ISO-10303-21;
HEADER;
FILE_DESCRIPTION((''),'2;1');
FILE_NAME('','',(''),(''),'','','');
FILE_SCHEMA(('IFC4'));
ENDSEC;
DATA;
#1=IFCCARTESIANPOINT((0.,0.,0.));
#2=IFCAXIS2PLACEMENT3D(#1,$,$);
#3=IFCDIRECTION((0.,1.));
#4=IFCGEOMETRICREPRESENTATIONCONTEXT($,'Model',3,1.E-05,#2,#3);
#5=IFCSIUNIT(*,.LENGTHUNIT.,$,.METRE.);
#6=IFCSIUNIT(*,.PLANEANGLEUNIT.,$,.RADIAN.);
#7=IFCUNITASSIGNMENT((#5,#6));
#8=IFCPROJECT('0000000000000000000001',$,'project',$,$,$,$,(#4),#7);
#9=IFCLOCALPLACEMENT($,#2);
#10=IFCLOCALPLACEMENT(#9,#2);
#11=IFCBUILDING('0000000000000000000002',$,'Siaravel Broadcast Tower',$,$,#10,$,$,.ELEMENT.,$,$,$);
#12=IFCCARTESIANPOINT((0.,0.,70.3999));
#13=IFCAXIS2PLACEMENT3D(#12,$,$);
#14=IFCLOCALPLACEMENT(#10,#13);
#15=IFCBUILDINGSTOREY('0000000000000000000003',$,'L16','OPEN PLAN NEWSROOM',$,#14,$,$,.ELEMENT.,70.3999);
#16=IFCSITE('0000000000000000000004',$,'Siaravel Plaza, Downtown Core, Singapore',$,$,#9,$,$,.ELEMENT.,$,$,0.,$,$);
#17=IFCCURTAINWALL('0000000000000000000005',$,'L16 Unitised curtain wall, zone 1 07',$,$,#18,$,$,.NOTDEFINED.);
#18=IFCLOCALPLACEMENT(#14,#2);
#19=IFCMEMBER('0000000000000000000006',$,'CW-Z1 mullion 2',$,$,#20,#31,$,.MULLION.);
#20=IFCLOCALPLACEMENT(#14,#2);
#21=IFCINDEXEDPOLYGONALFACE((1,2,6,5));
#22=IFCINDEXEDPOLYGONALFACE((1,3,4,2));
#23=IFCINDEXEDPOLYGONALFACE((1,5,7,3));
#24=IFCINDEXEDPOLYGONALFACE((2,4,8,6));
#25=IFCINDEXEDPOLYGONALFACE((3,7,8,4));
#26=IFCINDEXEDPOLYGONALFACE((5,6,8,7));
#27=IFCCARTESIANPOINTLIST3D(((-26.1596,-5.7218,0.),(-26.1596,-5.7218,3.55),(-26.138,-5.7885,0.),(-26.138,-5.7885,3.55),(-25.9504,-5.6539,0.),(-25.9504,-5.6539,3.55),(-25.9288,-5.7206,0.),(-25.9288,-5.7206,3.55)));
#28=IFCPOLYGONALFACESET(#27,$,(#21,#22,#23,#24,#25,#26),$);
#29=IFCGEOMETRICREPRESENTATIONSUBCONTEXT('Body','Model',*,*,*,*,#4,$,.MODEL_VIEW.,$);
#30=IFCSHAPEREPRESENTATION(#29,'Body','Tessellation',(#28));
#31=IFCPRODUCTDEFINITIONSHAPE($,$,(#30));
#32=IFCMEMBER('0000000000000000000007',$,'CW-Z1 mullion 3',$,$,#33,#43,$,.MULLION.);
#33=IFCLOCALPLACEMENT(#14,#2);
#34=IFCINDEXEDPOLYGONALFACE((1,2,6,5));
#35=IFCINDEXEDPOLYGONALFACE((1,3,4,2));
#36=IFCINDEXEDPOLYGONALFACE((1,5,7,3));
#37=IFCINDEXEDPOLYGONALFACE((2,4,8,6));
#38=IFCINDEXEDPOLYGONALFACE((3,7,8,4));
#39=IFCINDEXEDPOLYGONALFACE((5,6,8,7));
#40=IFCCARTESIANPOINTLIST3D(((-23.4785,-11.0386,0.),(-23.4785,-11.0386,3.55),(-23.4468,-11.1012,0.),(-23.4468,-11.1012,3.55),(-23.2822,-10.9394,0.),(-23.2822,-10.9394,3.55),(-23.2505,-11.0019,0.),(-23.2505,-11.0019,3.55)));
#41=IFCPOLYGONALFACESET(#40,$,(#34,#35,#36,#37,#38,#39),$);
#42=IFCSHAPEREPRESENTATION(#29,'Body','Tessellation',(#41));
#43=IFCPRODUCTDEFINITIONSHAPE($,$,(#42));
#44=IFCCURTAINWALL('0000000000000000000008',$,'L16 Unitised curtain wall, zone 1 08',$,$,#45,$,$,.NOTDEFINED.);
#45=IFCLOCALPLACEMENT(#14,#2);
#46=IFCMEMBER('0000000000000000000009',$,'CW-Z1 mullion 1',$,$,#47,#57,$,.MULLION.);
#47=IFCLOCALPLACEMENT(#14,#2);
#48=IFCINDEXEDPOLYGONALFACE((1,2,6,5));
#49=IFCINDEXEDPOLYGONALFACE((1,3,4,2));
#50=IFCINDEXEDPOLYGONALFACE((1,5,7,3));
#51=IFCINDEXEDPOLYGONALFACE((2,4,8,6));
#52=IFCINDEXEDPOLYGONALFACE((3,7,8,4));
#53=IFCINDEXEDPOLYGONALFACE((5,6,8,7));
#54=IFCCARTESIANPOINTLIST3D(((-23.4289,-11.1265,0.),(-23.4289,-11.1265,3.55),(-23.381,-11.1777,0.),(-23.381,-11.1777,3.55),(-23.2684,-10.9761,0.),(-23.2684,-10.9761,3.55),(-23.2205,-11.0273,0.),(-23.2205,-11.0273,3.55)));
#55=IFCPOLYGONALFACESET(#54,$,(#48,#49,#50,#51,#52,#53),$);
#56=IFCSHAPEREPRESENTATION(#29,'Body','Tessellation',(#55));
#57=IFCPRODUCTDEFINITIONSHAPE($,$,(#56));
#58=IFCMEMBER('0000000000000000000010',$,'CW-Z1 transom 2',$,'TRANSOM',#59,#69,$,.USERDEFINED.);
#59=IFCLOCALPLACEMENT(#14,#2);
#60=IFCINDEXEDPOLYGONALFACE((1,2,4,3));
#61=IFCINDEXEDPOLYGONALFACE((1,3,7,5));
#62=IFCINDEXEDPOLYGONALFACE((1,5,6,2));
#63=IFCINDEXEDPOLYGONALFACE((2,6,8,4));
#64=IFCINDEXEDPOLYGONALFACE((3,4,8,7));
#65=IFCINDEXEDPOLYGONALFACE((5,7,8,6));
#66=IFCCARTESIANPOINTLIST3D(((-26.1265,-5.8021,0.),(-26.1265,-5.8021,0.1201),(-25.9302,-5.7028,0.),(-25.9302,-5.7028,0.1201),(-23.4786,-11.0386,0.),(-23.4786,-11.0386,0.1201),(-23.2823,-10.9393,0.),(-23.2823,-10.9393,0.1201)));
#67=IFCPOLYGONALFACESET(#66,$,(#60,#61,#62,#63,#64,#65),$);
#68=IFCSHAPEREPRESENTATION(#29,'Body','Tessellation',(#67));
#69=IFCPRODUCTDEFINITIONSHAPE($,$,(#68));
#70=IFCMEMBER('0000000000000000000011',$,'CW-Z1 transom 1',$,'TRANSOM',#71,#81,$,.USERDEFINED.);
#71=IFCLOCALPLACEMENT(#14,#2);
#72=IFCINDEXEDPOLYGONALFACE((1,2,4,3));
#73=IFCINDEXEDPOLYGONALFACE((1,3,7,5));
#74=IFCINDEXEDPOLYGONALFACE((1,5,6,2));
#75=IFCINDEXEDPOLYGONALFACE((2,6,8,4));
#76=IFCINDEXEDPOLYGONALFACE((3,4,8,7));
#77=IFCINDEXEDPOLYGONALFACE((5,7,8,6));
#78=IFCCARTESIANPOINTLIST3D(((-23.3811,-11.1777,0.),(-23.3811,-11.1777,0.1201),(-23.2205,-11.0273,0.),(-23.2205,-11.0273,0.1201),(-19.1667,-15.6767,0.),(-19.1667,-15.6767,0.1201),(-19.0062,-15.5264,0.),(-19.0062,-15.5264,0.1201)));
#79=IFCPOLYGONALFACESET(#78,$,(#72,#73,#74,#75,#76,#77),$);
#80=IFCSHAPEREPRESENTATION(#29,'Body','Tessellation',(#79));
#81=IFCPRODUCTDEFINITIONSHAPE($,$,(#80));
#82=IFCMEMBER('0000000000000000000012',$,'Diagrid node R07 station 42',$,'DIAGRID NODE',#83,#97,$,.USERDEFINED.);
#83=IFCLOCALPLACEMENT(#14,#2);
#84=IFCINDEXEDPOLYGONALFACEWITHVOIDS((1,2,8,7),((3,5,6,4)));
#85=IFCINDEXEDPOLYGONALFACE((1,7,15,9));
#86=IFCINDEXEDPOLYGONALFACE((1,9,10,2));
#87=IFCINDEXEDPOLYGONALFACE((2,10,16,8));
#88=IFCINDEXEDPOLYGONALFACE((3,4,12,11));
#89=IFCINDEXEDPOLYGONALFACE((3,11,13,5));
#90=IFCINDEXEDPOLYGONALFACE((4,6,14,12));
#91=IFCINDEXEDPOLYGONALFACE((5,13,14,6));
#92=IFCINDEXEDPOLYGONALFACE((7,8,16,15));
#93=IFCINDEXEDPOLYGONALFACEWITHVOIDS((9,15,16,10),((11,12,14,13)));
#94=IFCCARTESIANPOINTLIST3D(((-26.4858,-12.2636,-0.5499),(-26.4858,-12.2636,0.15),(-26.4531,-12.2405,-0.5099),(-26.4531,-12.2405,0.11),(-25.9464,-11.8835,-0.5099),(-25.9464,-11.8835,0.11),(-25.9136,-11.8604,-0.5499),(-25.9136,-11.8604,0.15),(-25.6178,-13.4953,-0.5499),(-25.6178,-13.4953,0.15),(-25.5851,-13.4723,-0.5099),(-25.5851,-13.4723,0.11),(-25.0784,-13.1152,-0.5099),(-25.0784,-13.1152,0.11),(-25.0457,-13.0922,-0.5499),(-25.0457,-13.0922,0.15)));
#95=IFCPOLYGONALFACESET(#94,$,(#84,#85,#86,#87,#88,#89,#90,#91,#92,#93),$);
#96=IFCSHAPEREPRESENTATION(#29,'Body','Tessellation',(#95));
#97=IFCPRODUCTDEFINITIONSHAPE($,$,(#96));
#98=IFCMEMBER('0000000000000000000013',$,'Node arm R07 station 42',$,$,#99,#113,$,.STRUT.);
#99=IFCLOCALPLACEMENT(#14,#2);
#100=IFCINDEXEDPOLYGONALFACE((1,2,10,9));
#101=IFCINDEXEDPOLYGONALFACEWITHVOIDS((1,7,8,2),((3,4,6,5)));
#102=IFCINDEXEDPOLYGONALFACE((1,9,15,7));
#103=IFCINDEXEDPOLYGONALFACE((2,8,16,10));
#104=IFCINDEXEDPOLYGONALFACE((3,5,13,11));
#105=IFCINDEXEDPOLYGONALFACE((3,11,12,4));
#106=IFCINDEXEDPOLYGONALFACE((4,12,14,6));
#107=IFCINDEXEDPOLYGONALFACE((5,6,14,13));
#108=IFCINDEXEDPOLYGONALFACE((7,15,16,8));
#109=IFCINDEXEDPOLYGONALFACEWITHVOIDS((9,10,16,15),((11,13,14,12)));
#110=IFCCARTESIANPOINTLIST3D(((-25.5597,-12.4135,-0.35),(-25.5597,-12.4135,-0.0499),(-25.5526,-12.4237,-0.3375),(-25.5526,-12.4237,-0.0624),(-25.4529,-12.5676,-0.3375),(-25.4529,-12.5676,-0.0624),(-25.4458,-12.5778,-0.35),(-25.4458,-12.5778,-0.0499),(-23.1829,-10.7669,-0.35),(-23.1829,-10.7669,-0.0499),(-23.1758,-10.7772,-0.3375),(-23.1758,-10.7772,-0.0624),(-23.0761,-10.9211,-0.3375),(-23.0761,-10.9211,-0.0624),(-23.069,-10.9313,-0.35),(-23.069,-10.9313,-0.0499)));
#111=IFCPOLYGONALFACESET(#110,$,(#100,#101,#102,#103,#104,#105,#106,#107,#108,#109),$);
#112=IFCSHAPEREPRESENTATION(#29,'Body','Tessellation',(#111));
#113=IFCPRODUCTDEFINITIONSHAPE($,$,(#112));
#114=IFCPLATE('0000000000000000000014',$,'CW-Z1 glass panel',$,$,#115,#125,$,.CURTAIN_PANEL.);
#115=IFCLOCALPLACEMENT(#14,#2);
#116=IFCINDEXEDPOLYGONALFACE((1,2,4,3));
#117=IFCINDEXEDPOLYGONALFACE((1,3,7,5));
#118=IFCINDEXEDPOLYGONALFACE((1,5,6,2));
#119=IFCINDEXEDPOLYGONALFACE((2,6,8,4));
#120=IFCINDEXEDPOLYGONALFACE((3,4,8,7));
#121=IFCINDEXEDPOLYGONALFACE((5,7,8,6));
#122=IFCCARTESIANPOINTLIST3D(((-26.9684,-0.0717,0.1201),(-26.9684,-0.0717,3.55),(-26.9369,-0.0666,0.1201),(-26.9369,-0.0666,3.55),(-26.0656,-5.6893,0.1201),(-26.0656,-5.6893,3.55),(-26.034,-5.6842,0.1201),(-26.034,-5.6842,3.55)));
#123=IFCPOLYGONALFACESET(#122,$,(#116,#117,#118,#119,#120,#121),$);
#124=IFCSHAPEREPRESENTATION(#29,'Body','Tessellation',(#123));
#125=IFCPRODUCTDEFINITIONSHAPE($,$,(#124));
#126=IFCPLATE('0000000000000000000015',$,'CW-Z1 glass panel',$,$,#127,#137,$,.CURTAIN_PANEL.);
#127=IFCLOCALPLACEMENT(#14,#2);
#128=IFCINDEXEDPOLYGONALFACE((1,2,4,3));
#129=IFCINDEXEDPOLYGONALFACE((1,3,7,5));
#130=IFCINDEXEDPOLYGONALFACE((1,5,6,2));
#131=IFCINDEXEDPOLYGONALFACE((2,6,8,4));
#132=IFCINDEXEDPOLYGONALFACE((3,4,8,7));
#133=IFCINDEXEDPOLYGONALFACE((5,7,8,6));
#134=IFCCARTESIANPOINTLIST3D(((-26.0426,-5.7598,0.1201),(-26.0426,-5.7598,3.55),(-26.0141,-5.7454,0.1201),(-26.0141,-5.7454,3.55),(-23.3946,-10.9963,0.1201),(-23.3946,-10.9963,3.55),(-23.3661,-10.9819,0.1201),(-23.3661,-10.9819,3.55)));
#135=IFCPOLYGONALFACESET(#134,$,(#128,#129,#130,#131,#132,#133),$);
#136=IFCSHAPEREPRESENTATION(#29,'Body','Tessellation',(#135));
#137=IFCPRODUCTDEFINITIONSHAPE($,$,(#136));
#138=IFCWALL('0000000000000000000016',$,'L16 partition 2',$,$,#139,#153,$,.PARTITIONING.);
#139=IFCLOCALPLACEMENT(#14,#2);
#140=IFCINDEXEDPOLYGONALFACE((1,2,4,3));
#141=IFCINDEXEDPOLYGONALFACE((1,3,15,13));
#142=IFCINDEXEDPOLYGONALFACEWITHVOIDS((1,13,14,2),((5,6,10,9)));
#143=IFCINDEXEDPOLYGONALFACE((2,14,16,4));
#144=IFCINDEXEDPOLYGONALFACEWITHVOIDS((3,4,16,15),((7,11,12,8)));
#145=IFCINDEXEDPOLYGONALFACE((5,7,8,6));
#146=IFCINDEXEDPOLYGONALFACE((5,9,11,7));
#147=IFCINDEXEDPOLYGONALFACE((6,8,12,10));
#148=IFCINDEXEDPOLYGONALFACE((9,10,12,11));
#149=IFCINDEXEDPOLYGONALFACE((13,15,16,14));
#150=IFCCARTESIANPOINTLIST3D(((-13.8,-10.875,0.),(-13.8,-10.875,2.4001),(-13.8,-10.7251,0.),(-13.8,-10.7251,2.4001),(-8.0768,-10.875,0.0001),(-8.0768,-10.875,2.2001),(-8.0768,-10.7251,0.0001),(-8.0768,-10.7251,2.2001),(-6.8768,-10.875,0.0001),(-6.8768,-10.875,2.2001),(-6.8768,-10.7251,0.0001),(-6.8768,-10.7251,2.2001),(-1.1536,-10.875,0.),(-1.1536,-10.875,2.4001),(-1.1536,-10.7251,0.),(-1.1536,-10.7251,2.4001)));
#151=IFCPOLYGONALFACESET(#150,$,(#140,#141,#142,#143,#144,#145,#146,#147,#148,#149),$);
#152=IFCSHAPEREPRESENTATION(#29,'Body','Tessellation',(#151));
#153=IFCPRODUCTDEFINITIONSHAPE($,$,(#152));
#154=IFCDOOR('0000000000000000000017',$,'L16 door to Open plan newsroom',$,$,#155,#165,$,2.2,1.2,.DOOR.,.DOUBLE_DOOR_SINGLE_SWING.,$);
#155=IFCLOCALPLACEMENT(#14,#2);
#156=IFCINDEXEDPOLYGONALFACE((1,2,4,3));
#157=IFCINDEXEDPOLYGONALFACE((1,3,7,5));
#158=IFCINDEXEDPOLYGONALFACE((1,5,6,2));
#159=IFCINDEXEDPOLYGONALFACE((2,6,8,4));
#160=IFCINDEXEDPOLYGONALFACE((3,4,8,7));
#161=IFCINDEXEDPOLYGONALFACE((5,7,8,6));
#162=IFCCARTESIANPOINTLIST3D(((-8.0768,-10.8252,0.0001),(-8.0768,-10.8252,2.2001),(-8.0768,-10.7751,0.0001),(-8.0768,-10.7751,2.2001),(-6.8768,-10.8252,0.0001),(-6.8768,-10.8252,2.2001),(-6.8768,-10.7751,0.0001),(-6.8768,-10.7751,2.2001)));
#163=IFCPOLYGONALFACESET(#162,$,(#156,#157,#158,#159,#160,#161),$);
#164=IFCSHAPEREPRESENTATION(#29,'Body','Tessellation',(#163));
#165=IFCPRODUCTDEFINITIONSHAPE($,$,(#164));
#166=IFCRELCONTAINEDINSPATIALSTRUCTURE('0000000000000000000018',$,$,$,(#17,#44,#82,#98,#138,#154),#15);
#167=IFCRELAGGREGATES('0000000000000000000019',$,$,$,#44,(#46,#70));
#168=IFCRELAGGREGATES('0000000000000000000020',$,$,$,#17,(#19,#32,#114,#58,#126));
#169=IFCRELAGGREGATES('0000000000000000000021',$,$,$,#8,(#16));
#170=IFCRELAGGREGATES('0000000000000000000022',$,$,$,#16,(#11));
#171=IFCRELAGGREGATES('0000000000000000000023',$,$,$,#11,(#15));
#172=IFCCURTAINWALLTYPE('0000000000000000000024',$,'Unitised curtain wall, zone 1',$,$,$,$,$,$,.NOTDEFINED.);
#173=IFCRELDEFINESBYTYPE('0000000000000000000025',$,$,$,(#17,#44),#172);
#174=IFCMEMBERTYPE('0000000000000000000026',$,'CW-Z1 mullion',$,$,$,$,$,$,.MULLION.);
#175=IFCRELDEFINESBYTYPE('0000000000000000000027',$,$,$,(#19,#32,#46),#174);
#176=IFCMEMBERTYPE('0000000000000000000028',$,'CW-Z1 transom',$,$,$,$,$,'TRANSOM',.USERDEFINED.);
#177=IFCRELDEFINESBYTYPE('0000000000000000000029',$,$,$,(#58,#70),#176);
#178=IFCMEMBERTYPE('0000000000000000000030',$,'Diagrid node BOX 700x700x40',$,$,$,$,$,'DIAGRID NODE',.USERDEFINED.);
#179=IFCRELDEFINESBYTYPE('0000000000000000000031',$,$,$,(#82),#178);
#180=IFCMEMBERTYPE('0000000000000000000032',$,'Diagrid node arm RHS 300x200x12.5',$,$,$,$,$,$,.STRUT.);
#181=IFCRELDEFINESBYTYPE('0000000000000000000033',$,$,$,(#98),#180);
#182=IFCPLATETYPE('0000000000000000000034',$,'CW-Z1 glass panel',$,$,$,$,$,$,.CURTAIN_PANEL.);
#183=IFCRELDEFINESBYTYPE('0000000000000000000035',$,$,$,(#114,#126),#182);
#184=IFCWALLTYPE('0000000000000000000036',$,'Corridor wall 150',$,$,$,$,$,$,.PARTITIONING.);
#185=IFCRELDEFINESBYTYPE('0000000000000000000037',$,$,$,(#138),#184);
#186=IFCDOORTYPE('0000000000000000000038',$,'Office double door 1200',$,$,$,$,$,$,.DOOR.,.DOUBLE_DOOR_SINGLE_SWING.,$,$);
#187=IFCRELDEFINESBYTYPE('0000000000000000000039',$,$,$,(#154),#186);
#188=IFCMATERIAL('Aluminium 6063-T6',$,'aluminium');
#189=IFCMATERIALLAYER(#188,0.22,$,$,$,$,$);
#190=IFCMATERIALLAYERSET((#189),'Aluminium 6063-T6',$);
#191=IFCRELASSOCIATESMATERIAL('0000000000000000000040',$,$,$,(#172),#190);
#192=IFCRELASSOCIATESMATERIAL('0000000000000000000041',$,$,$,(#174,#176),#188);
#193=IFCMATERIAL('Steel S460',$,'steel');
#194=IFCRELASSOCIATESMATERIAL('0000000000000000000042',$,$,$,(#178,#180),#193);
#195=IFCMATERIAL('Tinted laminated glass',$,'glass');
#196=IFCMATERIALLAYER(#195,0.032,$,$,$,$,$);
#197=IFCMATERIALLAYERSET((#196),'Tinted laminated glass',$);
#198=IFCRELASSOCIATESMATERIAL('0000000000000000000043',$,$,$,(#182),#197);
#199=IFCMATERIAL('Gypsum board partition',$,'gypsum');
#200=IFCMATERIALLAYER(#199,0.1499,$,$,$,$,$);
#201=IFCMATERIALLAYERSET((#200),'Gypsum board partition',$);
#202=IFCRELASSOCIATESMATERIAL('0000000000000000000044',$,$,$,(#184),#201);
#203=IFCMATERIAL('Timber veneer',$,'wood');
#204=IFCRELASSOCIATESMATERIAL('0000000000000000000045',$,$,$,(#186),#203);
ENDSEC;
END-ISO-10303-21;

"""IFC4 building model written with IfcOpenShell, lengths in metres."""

from ifc_helpers import new_model, si_unit, direction, frame, frame_2d, origin, origin_2d, place, context, subcontext, project, spatial, rectangle, hollow_rectangle, extrude, material, layer, layer_set, material_profile, profile_set, type_object, element, fill, aggregate, save


model = new_model("IFC4")

# Units and contexts
model_context = context("Model", 3, precision=1e-05, world=origin(), true_north=direction((0.0, 1.0)))
body_context = subcontext(model_context, "Body", "Model", "MODEL_VIEW")
ifc_project = project(units=[si_unit("LENGTHUNIT", "METRE"), si_unit("PLANEANGLEUNIT", "RADIAN")], contexts=[model_context])

# Site, building, storey
site_placement = place(None, origin())
site = spatial("IfcSite", under=ifc_project, at=site_placement, Name="Siaravel Plaza, Downtown Core, Singapore", CompositionType="ELEMENT", RefElevation=0.0)
building_placement = place(site_placement, origin())
building = spatial("IfcBuilding", under=site, at=building_placement, Name="Siaravel Broadcast Tower", CompositionType="ELEMENT")
storey_placement = place(building_placement, frame((0.0, 0.0, 70.3999)))
storey = spatial("IfcBuildingStorey", under=building, at=storey_placement, Name="L16", Description="OPEN PLAN NEWSROOM", CompositionType="ELEMENT", Elevation=70.3999)

# Curtain wall, members
ifc_material_1 = material(Name="Aluminium 6063-T6", Category="aluminium")
ifc_layer_1 = layer(ifc_material_1, 0.22)
ifc_layer_set_1 = layer_set([ifc_layer_1], Name="Aluminium 6063-T6")
curtain_wall_type = type_object("IfcCurtainWallType", Name="Unitised curtain wall, zone 1", PredefinedType="NOTDEFINED", material=ifc_layer_set_1)
curtain_wall_1_placement = place(storey_placement, origin())
curtain_wall_1 = element("IfcCurtainWall", 1, at=curtain_wall_1_placement, inside=storey, type_object=curtain_wall_type, Name="L16 Unitised curtain wall, zone 1 07", PredefinedType="NOTDEFINED")
ifc_material_profile_1 = material_profile(ifc_material_1, rectangle(XDim=0.22, YDim=0.0701, at=origin_2d()))
ifc_profile_set_1 = profile_set([ifc_material_profile_1], Name="Aluminium 6063-T6")
member_type_1 = type_object("IfcMemberType", Name="CW-Z1 mullion", PredefinedType="MULLION", material=ifc_profile_set_1)
member_1_placement = place(storey_placement, frame((-26.0442, -5.7212, 0.0), z_axis=(0.0, 0.0, 1.0), x_axis=(0.951177, 0.308645, 0.0)))
member_1 = element("IfcMember", 2, at=member_1_placement, type_object=member_type_1, Name="CW-Z1 mullion 2", PredefinedType="MULLION", context=body_context, shape_type="SweptSolid", body=[
    extrude(rectangle(XDim=0.22, YDim=0.0701, at=origin_2d()), origin(), (0.0, 0.0, 1.0), 3.55),
])
member_2_placement = place(storey_placement, frame((-23.3645, -11.0203, 0.0), z_axis=(0.0, 0.0, 1.0), x_axis=(0.892392, 0.451261, 0.0)))
member_2 = element("IfcMember", 3, at=member_2_placement, type_object=member_type_1, Name="CW-Z1 mullion 3", PredefinedType="MULLION", context=body_context, shape_type="SweptSolid", body=[
    extrude(rectangle(XDim=0.22, YDim=0.0701, at=origin_2d()), origin(), (0.0, 0.0, 1.0), 3.55),
])

# Curtain wall, member
curtain_wall_2_placement = place(storey_placement, origin())
curtain_wall_2 = element("IfcCurtainWall", 4, at=curtain_wall_2_placement, inside=storey, type_object=curtain_wall_type, Name="L16 Unitised curtain wall, zone 1 08", PredefinedType="NOTDEFINED")
member_3_placement = place(storey_placement, frame((-23.3247, -11.0769, 0.0), z_axis=(0.0, 0.0, 1.0), x_axis=(0.729806, 0.683655, 0.0)))
member_3 = element("IfcMember", 5, at=member_3_placement, type_object=member_type_1, Name="CW-Z1 mullion 1", PredefinedType="MULLION", context=body_context, shape_type="SweptSolid", body=[
    extrude(rectangle(XDim=0.22, YDim=0.0701, at=origin_2d()), origin(), (0.0, 0.0, 1.0), 3.55),
])

# Members
ifc_material_profile_2 = material_profile(ifc_material_1, rectangle(XDim=0.22, YDim=0.1201, at=origin_2d()))
ifc_profile_set_2 = profile_set([ifc_material_profile_2], Name="Aluminium 6063-T6")
member_type_2 = type_object("IfcMemberType", Name="CW-Z1 transom", ElementType="TRANSOM", PredefinedType="USERDEFINED", material=ifc_profile_set_2)
member_4_placement = place(storey_placement, frame((-26.0283, -5.7524, 0.0601), z_axis=(0.451253, -0.892396, 0.0), x_axis=(0.892396, 0.451253, 0.0)))
member_4 = element("IfcMember", 6, at=member_4_placement, type_object=member_type_2, Name="CW-Z1 transom 2", ObjectType="TRANSOM", PredefinedType="USERDEFINED", context=body_context, shape_type="SweptSolid", body=[
    extrude(rectangle(XDim=0.22, YDim=0.1201, at=origin_2d()), origin(), (0.0, 0.0, 1.0), 5.8679),
])
member_5_placement = place(storey_placement, frame((-23.3008, -11.1025, 0.0601), z_axis=(0.683641, -0.729819, 0.0), x_axis=(0.729819, 0.683641, 0.0)))
member_5 = element("IfcMember", 7, at=member_5_placement, type_object=member_type_2, Name="CW-Z1 transom 1", ObjectType="TRANSOM", PredefinedType="USERDEFINED", context=body_context, shape_type="SweptSolid", body=[
    extrude(rectangle(XDim=0.22, YDim=0.1201, at=origin_2d()), origin(), (0.0, 0.0, 1.0), 6.1646),
])
aggregate(curtain_wall_2, [member_3, member_5])

# Members
ifc_material_2 = material(Name="Steel S460", Category="steel")
ifc_material_profile_3 = material_profile(ifc_material_2, hollow_rectangle(XDim=0.7, YDim=0.7, WallThickness=0.04, at=origin_2d()))
ifc_profile_set_3 = profile_set([ifc_material_profile_3], Name="Steel S460")
member_type_3 = type_object("IfcMemberType", Name="Diagrid node BOX 700x700x40", ElementType="DIAGRID NODE", PredefinedType="USERDEFINED", material=ifc_profile_set_3)
member_6_placement = place(storey_placement, frame((-26.1997, -12.062, -0.2), z_axis=(0.576015, -0.817439, 0.0), x_axis=(0.817439, 0.576015, 0.0)))
element("IfcMember", 8, at=member_6_placement, inside=storey, type_object=member_type_3, Name="Diagrid node R07 station 42", ObjectType="DIAGRID NODE", PredefinedType="USERDEFINED", context=body_context, shape_type="SweptSolid", body=[
    extrude(hollow_rectangle(XDim=0.7, YDim=0.7, WallThickness=0.04, at=origin_2d()), origin(), (0.0, 0.0, 1.0), 1.5068),
])
ifc_material_profile_4 = material_profile(ifc_material_2, hollow_rectangle(XDim=0.2, YDim=0.3, WallThickness=0.0125, at=origin_2d()))
ifc_profile_set_4 = profile_set([ifc_material_profile_4], Name="Steel S460")
member_type_4 = type_object("IfcMemberType", Name="Diagrid node arm RHS 300x200x12.5", PredefinedType="STRUT", material=ifc_profile_set_4)
member_7_placement = place(storey_placement, frame((-23.126, -10.8491, -0.2), z_axis=(-0.822019, -0.56946, 0.0), x_axis=(0.56946, -0.822019, 0.0)))
element("IfcMember", 9, at=member_7_placement, inside=storey, type_object=member_type_4, Name="Node arm R07 station 42", PredefinedType="STRUT", context=body_context, shape_type="SweptSolid", body=[
    extrude(hollow_rectangle(XDim=0.2, YDim=0.3, WallThickness=0.0125, at=origin_2d()), origin(), (0.0, 0.0, 1.0), 2.8914),
])

# Plates
ifc_material_3 = material(Name="Tinted laminated glass", Category="glass")
ifc_layer_2 = layer(ifc_material_3, 0.032)
ifc_layer_set_2 = layer_set([ifc_layer_2], Name="Tinted laminated glass")
plate_type = type_object("IfcPlateType", Name="CW-Z1 glass panel", PredefinedType="CURTAIN_PANEL", material=ifc_layer_set_2)
plate_1_placement = place(storey_placement, frame((-26.5012, -2.8779, 0.1201), z_axis=(0.0, 0.0, 1.0), x_axis=(0.158685, -0.987329, 0.0)))
plate_1 = element("IfcPlate", 10, at=plate_1_placement, type_object=plate_type, Name="CW-Z1 glass panel", PredefinedType="CURTAIN_PANEL", context=body_context, shape_type="SweptSolid", body=[
    extrude(rectangle(XDim=5.6897, YDim=0.032, at=origin_2d()), origin(), (0.0, 0.0, 1.0), 3.4299),
])
plate_2_placement = place(storey_placement, frame((-24.7043, -8.3708, 0.1201), z_axis=(0.0, 0.0, 1.0), x_axis=(0.451261, -0.892392, 0.0)))
plate_2 = element("IfcPlate", 11, at=plate_2_placement, type_object=plate_type, Name="CW-Z1 glass panel", PredefinedType="CURTAIN_PANEL", context=body_context, shape_type="SweptSolid", body=[
    extrude(rectangle(XDim=5.8679, YDim=0.032, at=origin_2d()), origin(), (0.0, 0.0, 1.0), 3.4299),
])
aggregate(curtain_wall_1, [member_1, member_2, plate_1, member_4, plate_2])

# Wall, opening, door
ifc_material_4 = material(Name="Gypsum board partition", Category="gypsum")
ifc_layer_3 = layer(ifc_material_4, 0.1499)
ifc_layer_set_3 = layer_set([ifc_layer_3], Name="Gypsum board partition")
wall_type_1 = type_object("IfcWallType", Name="Corridor wall 150", PredefinedType="PARTITIONING", material=ifc_layer_set_3)
wall_1_placement = place(storey_placement, frame((-13.8, -10.8, 0.0), z_axis=(0.0, 0.0, 1.0), x_axis=(1.0, 0.0, 0.0)))
wall_1 = element("IfcWall", 12, at=wall_1_placement, inside=storey, type_object=wall_type_1, Name="L16 partition 2", PredefinedType="PARTITIONING", context=body_context, shape_type="SweptSolid", body=[
    extrude(rectangle(XDim=12.6465, YDim=0.1499, at=frame_2d((6.3232, 0.0))), origin(), (0.0, 0.0, 1.0), 2.4001),
])
opening_1_placement = place(wall_1_placement, frame((5.7231, 0.0, 0.0)))
opening_1 = element("IfcOpeningElement", 13, at=opening_1_placement, cuts=wall_1, PredefinedType="OPENING", context=body_context, shape_type="SweptSolid", body=[
    extrude(rectangle(XDim=1.2, YDim=2.2, at=frame_2d((0.6001, 1.1001))), frame((0.0, 0.085, 0.0), z_axis=(0.0, -1.0, 0.0), x_axis=(1.0, 0.0, 0.0)), (0.0, 0.0, 1.0), 0.1699),
])
ifc_material_5 = material(Name="Timber veneer", Category="wood")
door_type = type_object("IfcDoorType", Name="Office double door 1200", OperationType="DOUBLE_DOOR_SINGLE_SWING", PredefinedType="DOOR", material=ifc_material_5)
door_1_placement = place(opening_1_placement, origin())
door_1 = element("IfcDoor", 14, at=door_1_placement, inside=storey, type_object=door_type, Name="L16 door to Open plan newsroom", OperationType="DOUBLE_DOOR_SINGLE_SWING", OverallHeight=2.2, OverallWidth=1.2, PredefinedType="DOOR", context=body_context, shape_type="SweptSolid", body=[
    extrude(rectangle(XDim=1.2, YDim=2.2, at=frame_2d((0.6001, 1.1001))), frame((0.0, 0.0249, 0.0), z_axis=(0.0, -1.0, 0.0), x_axis=(1.0, 0.0, 0.0)), (0.0, 0.0, 1.0), 0.05),
])
fill(opening_1, door_1)

save(model, "model.ifc")
